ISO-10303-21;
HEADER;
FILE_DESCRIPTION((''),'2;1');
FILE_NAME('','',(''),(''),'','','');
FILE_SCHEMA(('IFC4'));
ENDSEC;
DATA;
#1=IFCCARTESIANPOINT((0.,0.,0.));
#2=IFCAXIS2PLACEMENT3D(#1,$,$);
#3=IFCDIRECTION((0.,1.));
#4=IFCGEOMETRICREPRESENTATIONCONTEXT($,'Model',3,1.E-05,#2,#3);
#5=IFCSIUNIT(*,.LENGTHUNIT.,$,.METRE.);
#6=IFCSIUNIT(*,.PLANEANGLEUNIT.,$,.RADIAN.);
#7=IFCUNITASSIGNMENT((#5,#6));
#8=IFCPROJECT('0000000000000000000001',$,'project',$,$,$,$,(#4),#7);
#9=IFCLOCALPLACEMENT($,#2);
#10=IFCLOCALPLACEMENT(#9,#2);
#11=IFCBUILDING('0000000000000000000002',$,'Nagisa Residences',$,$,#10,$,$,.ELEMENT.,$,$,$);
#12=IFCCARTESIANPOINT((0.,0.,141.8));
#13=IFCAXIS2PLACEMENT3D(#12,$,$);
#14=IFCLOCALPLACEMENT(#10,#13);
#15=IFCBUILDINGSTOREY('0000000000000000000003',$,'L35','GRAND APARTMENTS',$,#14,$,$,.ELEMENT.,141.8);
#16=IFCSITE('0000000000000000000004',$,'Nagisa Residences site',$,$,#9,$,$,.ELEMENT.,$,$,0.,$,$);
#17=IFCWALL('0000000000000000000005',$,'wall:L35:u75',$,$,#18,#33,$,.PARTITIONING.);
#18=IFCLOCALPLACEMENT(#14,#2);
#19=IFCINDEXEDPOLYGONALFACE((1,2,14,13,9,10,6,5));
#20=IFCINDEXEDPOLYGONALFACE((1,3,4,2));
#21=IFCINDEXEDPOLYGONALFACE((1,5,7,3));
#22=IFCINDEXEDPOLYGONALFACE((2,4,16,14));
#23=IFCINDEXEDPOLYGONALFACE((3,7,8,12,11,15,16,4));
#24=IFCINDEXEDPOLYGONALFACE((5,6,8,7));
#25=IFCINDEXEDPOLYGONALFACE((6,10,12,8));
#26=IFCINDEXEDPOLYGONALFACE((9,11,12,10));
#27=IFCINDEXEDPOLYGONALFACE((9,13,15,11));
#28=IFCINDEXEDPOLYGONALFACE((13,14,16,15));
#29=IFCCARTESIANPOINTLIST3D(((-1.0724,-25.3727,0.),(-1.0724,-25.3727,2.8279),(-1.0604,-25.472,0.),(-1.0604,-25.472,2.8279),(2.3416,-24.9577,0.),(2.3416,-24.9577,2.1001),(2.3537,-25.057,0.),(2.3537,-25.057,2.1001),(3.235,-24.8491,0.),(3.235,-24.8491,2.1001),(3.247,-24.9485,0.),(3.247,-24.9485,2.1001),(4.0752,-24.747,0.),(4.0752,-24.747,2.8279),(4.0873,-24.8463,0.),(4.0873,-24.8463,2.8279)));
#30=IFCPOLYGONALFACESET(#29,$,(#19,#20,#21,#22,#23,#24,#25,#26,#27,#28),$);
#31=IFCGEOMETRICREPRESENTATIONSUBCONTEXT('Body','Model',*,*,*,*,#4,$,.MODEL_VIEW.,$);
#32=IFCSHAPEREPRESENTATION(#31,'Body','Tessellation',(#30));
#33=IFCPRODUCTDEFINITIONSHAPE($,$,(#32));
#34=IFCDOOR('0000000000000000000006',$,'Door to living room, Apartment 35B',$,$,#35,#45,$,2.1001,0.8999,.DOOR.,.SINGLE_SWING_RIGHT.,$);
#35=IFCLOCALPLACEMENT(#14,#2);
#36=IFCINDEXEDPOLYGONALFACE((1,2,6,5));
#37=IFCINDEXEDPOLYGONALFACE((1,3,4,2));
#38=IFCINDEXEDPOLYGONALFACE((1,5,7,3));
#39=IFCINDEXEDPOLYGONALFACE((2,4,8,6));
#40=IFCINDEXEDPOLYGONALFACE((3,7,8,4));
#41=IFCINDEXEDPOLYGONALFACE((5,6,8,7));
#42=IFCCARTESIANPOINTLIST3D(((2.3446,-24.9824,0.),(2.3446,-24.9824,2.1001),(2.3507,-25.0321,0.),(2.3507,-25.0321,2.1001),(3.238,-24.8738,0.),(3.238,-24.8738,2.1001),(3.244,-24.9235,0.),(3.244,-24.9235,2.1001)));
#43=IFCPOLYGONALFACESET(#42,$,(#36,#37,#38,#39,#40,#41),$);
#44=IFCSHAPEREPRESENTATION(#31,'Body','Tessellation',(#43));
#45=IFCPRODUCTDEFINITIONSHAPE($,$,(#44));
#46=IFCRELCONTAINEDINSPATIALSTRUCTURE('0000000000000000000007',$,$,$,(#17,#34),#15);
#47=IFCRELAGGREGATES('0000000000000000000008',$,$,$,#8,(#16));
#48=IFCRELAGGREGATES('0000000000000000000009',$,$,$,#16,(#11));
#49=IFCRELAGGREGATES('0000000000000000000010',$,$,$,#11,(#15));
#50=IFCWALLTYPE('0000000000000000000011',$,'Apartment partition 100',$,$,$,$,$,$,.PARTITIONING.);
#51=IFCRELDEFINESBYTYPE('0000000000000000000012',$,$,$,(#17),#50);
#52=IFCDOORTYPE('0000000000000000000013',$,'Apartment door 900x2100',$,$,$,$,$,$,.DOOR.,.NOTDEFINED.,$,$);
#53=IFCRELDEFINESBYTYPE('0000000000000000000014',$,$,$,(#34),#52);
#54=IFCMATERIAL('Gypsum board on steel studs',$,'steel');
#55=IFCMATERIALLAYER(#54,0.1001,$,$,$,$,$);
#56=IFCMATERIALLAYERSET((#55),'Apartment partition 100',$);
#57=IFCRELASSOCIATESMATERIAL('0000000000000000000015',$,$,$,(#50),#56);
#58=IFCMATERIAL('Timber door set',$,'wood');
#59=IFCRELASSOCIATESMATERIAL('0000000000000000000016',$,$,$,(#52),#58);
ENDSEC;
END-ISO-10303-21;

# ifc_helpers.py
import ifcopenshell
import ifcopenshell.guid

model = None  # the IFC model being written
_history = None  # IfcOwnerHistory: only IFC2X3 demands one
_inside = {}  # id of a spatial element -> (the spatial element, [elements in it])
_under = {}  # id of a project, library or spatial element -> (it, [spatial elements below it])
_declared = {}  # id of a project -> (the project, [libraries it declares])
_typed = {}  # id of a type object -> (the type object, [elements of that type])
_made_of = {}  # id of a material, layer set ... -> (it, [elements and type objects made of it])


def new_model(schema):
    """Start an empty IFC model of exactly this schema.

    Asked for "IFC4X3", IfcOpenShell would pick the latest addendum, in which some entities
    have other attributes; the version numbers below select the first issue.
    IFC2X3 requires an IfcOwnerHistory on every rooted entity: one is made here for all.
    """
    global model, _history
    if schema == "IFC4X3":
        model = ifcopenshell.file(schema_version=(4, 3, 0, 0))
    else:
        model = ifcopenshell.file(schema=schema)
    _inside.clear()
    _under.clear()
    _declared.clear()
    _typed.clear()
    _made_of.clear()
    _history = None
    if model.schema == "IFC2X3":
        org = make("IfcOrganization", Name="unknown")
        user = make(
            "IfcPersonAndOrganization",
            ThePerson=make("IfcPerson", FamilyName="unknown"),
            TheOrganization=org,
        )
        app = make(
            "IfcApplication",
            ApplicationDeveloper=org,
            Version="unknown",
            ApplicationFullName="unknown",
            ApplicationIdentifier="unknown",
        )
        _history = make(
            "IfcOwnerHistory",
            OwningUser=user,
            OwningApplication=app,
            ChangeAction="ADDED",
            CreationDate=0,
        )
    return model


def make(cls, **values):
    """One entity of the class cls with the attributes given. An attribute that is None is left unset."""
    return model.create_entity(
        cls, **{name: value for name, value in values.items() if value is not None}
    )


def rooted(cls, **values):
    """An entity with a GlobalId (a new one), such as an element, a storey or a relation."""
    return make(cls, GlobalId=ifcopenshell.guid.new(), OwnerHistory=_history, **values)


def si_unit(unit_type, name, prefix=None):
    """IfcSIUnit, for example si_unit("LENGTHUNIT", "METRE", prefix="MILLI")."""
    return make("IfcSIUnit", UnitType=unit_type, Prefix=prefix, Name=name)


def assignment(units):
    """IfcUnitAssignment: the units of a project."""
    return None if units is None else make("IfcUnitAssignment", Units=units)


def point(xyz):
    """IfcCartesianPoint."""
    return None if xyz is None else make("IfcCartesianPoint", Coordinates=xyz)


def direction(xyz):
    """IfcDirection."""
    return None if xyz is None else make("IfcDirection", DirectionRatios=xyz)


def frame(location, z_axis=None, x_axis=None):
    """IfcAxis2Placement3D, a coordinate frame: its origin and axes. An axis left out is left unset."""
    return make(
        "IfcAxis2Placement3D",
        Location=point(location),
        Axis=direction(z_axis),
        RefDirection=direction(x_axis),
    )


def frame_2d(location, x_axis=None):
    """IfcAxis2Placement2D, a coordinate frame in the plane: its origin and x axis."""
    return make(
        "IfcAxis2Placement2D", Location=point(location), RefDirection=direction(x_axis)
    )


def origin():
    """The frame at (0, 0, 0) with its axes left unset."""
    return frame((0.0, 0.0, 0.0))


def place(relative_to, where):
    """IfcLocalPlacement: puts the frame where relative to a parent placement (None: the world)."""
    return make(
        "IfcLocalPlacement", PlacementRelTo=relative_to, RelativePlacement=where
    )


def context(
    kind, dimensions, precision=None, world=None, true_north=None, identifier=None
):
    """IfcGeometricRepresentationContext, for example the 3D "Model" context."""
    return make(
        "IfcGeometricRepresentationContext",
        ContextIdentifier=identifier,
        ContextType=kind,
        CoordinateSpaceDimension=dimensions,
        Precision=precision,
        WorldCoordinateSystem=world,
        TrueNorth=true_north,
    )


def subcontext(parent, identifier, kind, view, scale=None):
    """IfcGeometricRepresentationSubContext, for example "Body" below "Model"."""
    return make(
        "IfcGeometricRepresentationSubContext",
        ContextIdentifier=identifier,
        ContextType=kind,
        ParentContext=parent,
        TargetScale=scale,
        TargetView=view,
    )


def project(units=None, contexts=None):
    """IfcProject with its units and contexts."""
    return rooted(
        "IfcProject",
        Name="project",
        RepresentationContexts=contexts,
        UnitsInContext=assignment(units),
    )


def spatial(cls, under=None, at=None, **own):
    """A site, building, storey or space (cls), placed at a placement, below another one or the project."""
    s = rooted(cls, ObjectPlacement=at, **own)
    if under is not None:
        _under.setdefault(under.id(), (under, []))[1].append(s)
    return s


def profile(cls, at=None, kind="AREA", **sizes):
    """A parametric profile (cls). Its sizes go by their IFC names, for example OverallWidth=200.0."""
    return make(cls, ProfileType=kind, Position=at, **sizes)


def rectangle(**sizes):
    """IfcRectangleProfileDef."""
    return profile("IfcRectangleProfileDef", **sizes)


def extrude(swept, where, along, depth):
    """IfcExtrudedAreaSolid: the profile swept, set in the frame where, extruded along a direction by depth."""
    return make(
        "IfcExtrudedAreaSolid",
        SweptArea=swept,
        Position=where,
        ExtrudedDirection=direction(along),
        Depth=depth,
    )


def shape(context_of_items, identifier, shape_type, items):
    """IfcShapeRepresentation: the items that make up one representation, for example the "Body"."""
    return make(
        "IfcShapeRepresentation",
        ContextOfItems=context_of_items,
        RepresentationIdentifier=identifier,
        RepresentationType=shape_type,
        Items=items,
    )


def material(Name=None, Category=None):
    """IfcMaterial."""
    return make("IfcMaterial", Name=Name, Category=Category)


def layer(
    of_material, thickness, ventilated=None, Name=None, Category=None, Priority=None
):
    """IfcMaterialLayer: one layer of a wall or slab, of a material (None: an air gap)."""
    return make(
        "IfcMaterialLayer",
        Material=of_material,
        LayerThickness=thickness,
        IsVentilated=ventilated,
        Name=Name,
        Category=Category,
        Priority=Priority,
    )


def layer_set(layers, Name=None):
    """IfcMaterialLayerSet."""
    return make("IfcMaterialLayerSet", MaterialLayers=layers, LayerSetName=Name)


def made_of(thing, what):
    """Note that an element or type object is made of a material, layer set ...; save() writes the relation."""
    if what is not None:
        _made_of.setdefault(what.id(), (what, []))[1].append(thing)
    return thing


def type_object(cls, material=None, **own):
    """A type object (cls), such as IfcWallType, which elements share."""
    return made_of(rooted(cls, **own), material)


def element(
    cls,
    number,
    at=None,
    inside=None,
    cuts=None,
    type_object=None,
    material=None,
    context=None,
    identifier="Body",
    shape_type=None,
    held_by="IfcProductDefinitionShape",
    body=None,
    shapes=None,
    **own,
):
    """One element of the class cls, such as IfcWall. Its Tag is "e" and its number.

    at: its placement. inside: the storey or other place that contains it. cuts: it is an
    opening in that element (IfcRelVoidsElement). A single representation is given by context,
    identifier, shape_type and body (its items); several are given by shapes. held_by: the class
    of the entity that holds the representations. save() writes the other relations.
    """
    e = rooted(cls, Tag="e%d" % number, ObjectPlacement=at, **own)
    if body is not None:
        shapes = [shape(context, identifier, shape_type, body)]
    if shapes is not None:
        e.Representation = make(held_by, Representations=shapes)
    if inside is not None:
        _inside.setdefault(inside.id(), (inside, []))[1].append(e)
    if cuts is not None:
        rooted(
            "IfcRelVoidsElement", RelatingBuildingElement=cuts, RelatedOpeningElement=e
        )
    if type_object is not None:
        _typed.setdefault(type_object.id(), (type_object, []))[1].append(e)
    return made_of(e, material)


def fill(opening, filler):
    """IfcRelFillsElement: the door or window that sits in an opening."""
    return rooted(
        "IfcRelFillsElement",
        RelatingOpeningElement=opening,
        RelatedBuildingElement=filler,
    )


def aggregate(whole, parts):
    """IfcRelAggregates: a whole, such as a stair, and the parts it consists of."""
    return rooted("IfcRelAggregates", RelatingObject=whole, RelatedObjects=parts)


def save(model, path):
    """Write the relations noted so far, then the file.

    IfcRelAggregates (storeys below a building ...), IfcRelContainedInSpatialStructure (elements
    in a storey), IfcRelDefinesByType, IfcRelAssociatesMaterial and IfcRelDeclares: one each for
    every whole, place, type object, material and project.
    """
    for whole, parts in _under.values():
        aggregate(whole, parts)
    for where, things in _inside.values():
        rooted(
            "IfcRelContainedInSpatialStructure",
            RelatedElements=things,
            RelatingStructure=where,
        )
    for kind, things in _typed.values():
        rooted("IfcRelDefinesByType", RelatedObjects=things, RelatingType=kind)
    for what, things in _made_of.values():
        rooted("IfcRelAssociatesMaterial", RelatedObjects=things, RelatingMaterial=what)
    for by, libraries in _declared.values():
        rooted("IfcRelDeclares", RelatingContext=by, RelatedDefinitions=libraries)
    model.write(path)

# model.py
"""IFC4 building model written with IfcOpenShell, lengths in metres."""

from ifc_helpers import new_model, si_unit, direction, frame, frame_2d, origin, place, context, subcontext, project, spatial, rectangle, extrude, material, layer, layer_set, type_object, element, fill, save


model = new_model("IFC4")

# Units and contexts
model_context = context("Model", 3, precision=1e-05, world=origin(), true_north=direction((0.0, 1.0)))
body_context = subcontext(model_context, "Body", "Model", "MODEL_VIEW")
ifc_project = project(units=[si_unit("LENGTHUNIT", "METRE"), si_unit("PLANEANGLEUNIT", "RADIAN")], contexts=[model_context])

# Site, building, storey
site_placement = place(None, origin())
site = spatial("IfcSite", under=ifc_project, at=site_placement, Name="Nagisa Residences site", CompositionType="ELEMENT", RefElevation=0.0)
building_placement = place(site_placement, origin())
building = spatial("IfcBuilding", under=site, at=building_placement, Name="Nagisa Residences", CompositionType="ELEMENT")
storey_placement = place(building_placement, frame((0.0, 0.0, 141.8)))
storey = spatial("IfcBuildingStorey", under=building, at=storey_placement, Name="L35", Description="GRAND APARTMENTS", CompositionType="ELEMENT", Elevation=141.8)

# Shared definitions
ifc_material_1 = material(Name="Gypsum board on steel studs", Category="steel")
ifc_layer_1 = layer(ifc_material_1, 0.1001)
ifc_layer_set_1 = layer_set([ifc_layer_1], Name="Apartment partition 100")
wall_type_1 = type_object("IfcWallType", Name="Apartment partition 100", PredefinedType="PARTITIONING", material=ifc_layer_set_1)

# Shared definitions
ifc_material_2 = material(Name="Timber door set", Category="wood")
door_type_1 = type_object("IfcDoorType", Name="Apartment door 900x2100", OperationType="NOTDEFINED", PredefinedType="DOOR", material=ifc_material_2)

# Wall, opening, door
wall_1_placement = place(storey_placement, frame((-1.0664, -25.4224, 0.0), z_axis=(0.0, 0.0, 1.0), x_axis=(0.992693, 0.120667, 0.0)))
wall_1 = element("IfcWall", 1, at=wall_1_placement, inside=storey, type_object=wall_type_1, Name="wall:L35:u75", PredefinedType="PARTITIONING", context=body_context, shape_type="SweptSolid", body=[
    extrude(rectangle(XDim=5.1855, YDim=0.1001, at=frame_2d((2.5928, 0.0))), origin(), (0.0, 0.0, 1.0), 2.8279),
])
opening_1_placement = place(wall_1_placement, frame((3.4392, 0.0, 0.0)))
opening_1 = element("IfcOpeningElement", 2, at=opening_1_placement, cuts=wall_1, PredefinedType="OPENING", context=body_context, shape_type="SweptSolid", body=[
    extrude(rectangle(XDim=0.8999, YDim=2.1001, at=frame_2d((0.45, 1.05))), frame((0.0, 0.0601, 0.0), z_axis=(0.0, -1.0, 0.0), x_axis=(1.0, 0.0, 0.0)), (0.0, 0.0, 1.0), 0.1201),
])
door_1_placement = place(opening_1_placement, frame((0.8999, 0.0, 0.0), x_axis=(-1.0, 0.0, 0.0)))
door_1 = element("IfcDoor", 3, at=door_1_placement, inside=storey, type_object=door_type_1, Name="Door to living room, Apartment 35B", OperationType="SINGLE_SWING_RIGHT", OverallHeight=2.1001, OverallWidth=0.8999, PredefinedType="DOOR", context=body_context, shape_type="SweptSolid", body=[
    extrude(rectangle(XDim=0.8999, YDim=2.1001, at=frame_2d((0.45, 1.05))), frame((0.0, 0.0249, 0.0), z_axis=(0.0, -1.0, 0.0), x_axis=(1.0, 0.0, 0.0)), (0.0, 0.0, 1.0), 0.05),
])
fill(opening_1, door_1)

save(model, "model.ifc")
